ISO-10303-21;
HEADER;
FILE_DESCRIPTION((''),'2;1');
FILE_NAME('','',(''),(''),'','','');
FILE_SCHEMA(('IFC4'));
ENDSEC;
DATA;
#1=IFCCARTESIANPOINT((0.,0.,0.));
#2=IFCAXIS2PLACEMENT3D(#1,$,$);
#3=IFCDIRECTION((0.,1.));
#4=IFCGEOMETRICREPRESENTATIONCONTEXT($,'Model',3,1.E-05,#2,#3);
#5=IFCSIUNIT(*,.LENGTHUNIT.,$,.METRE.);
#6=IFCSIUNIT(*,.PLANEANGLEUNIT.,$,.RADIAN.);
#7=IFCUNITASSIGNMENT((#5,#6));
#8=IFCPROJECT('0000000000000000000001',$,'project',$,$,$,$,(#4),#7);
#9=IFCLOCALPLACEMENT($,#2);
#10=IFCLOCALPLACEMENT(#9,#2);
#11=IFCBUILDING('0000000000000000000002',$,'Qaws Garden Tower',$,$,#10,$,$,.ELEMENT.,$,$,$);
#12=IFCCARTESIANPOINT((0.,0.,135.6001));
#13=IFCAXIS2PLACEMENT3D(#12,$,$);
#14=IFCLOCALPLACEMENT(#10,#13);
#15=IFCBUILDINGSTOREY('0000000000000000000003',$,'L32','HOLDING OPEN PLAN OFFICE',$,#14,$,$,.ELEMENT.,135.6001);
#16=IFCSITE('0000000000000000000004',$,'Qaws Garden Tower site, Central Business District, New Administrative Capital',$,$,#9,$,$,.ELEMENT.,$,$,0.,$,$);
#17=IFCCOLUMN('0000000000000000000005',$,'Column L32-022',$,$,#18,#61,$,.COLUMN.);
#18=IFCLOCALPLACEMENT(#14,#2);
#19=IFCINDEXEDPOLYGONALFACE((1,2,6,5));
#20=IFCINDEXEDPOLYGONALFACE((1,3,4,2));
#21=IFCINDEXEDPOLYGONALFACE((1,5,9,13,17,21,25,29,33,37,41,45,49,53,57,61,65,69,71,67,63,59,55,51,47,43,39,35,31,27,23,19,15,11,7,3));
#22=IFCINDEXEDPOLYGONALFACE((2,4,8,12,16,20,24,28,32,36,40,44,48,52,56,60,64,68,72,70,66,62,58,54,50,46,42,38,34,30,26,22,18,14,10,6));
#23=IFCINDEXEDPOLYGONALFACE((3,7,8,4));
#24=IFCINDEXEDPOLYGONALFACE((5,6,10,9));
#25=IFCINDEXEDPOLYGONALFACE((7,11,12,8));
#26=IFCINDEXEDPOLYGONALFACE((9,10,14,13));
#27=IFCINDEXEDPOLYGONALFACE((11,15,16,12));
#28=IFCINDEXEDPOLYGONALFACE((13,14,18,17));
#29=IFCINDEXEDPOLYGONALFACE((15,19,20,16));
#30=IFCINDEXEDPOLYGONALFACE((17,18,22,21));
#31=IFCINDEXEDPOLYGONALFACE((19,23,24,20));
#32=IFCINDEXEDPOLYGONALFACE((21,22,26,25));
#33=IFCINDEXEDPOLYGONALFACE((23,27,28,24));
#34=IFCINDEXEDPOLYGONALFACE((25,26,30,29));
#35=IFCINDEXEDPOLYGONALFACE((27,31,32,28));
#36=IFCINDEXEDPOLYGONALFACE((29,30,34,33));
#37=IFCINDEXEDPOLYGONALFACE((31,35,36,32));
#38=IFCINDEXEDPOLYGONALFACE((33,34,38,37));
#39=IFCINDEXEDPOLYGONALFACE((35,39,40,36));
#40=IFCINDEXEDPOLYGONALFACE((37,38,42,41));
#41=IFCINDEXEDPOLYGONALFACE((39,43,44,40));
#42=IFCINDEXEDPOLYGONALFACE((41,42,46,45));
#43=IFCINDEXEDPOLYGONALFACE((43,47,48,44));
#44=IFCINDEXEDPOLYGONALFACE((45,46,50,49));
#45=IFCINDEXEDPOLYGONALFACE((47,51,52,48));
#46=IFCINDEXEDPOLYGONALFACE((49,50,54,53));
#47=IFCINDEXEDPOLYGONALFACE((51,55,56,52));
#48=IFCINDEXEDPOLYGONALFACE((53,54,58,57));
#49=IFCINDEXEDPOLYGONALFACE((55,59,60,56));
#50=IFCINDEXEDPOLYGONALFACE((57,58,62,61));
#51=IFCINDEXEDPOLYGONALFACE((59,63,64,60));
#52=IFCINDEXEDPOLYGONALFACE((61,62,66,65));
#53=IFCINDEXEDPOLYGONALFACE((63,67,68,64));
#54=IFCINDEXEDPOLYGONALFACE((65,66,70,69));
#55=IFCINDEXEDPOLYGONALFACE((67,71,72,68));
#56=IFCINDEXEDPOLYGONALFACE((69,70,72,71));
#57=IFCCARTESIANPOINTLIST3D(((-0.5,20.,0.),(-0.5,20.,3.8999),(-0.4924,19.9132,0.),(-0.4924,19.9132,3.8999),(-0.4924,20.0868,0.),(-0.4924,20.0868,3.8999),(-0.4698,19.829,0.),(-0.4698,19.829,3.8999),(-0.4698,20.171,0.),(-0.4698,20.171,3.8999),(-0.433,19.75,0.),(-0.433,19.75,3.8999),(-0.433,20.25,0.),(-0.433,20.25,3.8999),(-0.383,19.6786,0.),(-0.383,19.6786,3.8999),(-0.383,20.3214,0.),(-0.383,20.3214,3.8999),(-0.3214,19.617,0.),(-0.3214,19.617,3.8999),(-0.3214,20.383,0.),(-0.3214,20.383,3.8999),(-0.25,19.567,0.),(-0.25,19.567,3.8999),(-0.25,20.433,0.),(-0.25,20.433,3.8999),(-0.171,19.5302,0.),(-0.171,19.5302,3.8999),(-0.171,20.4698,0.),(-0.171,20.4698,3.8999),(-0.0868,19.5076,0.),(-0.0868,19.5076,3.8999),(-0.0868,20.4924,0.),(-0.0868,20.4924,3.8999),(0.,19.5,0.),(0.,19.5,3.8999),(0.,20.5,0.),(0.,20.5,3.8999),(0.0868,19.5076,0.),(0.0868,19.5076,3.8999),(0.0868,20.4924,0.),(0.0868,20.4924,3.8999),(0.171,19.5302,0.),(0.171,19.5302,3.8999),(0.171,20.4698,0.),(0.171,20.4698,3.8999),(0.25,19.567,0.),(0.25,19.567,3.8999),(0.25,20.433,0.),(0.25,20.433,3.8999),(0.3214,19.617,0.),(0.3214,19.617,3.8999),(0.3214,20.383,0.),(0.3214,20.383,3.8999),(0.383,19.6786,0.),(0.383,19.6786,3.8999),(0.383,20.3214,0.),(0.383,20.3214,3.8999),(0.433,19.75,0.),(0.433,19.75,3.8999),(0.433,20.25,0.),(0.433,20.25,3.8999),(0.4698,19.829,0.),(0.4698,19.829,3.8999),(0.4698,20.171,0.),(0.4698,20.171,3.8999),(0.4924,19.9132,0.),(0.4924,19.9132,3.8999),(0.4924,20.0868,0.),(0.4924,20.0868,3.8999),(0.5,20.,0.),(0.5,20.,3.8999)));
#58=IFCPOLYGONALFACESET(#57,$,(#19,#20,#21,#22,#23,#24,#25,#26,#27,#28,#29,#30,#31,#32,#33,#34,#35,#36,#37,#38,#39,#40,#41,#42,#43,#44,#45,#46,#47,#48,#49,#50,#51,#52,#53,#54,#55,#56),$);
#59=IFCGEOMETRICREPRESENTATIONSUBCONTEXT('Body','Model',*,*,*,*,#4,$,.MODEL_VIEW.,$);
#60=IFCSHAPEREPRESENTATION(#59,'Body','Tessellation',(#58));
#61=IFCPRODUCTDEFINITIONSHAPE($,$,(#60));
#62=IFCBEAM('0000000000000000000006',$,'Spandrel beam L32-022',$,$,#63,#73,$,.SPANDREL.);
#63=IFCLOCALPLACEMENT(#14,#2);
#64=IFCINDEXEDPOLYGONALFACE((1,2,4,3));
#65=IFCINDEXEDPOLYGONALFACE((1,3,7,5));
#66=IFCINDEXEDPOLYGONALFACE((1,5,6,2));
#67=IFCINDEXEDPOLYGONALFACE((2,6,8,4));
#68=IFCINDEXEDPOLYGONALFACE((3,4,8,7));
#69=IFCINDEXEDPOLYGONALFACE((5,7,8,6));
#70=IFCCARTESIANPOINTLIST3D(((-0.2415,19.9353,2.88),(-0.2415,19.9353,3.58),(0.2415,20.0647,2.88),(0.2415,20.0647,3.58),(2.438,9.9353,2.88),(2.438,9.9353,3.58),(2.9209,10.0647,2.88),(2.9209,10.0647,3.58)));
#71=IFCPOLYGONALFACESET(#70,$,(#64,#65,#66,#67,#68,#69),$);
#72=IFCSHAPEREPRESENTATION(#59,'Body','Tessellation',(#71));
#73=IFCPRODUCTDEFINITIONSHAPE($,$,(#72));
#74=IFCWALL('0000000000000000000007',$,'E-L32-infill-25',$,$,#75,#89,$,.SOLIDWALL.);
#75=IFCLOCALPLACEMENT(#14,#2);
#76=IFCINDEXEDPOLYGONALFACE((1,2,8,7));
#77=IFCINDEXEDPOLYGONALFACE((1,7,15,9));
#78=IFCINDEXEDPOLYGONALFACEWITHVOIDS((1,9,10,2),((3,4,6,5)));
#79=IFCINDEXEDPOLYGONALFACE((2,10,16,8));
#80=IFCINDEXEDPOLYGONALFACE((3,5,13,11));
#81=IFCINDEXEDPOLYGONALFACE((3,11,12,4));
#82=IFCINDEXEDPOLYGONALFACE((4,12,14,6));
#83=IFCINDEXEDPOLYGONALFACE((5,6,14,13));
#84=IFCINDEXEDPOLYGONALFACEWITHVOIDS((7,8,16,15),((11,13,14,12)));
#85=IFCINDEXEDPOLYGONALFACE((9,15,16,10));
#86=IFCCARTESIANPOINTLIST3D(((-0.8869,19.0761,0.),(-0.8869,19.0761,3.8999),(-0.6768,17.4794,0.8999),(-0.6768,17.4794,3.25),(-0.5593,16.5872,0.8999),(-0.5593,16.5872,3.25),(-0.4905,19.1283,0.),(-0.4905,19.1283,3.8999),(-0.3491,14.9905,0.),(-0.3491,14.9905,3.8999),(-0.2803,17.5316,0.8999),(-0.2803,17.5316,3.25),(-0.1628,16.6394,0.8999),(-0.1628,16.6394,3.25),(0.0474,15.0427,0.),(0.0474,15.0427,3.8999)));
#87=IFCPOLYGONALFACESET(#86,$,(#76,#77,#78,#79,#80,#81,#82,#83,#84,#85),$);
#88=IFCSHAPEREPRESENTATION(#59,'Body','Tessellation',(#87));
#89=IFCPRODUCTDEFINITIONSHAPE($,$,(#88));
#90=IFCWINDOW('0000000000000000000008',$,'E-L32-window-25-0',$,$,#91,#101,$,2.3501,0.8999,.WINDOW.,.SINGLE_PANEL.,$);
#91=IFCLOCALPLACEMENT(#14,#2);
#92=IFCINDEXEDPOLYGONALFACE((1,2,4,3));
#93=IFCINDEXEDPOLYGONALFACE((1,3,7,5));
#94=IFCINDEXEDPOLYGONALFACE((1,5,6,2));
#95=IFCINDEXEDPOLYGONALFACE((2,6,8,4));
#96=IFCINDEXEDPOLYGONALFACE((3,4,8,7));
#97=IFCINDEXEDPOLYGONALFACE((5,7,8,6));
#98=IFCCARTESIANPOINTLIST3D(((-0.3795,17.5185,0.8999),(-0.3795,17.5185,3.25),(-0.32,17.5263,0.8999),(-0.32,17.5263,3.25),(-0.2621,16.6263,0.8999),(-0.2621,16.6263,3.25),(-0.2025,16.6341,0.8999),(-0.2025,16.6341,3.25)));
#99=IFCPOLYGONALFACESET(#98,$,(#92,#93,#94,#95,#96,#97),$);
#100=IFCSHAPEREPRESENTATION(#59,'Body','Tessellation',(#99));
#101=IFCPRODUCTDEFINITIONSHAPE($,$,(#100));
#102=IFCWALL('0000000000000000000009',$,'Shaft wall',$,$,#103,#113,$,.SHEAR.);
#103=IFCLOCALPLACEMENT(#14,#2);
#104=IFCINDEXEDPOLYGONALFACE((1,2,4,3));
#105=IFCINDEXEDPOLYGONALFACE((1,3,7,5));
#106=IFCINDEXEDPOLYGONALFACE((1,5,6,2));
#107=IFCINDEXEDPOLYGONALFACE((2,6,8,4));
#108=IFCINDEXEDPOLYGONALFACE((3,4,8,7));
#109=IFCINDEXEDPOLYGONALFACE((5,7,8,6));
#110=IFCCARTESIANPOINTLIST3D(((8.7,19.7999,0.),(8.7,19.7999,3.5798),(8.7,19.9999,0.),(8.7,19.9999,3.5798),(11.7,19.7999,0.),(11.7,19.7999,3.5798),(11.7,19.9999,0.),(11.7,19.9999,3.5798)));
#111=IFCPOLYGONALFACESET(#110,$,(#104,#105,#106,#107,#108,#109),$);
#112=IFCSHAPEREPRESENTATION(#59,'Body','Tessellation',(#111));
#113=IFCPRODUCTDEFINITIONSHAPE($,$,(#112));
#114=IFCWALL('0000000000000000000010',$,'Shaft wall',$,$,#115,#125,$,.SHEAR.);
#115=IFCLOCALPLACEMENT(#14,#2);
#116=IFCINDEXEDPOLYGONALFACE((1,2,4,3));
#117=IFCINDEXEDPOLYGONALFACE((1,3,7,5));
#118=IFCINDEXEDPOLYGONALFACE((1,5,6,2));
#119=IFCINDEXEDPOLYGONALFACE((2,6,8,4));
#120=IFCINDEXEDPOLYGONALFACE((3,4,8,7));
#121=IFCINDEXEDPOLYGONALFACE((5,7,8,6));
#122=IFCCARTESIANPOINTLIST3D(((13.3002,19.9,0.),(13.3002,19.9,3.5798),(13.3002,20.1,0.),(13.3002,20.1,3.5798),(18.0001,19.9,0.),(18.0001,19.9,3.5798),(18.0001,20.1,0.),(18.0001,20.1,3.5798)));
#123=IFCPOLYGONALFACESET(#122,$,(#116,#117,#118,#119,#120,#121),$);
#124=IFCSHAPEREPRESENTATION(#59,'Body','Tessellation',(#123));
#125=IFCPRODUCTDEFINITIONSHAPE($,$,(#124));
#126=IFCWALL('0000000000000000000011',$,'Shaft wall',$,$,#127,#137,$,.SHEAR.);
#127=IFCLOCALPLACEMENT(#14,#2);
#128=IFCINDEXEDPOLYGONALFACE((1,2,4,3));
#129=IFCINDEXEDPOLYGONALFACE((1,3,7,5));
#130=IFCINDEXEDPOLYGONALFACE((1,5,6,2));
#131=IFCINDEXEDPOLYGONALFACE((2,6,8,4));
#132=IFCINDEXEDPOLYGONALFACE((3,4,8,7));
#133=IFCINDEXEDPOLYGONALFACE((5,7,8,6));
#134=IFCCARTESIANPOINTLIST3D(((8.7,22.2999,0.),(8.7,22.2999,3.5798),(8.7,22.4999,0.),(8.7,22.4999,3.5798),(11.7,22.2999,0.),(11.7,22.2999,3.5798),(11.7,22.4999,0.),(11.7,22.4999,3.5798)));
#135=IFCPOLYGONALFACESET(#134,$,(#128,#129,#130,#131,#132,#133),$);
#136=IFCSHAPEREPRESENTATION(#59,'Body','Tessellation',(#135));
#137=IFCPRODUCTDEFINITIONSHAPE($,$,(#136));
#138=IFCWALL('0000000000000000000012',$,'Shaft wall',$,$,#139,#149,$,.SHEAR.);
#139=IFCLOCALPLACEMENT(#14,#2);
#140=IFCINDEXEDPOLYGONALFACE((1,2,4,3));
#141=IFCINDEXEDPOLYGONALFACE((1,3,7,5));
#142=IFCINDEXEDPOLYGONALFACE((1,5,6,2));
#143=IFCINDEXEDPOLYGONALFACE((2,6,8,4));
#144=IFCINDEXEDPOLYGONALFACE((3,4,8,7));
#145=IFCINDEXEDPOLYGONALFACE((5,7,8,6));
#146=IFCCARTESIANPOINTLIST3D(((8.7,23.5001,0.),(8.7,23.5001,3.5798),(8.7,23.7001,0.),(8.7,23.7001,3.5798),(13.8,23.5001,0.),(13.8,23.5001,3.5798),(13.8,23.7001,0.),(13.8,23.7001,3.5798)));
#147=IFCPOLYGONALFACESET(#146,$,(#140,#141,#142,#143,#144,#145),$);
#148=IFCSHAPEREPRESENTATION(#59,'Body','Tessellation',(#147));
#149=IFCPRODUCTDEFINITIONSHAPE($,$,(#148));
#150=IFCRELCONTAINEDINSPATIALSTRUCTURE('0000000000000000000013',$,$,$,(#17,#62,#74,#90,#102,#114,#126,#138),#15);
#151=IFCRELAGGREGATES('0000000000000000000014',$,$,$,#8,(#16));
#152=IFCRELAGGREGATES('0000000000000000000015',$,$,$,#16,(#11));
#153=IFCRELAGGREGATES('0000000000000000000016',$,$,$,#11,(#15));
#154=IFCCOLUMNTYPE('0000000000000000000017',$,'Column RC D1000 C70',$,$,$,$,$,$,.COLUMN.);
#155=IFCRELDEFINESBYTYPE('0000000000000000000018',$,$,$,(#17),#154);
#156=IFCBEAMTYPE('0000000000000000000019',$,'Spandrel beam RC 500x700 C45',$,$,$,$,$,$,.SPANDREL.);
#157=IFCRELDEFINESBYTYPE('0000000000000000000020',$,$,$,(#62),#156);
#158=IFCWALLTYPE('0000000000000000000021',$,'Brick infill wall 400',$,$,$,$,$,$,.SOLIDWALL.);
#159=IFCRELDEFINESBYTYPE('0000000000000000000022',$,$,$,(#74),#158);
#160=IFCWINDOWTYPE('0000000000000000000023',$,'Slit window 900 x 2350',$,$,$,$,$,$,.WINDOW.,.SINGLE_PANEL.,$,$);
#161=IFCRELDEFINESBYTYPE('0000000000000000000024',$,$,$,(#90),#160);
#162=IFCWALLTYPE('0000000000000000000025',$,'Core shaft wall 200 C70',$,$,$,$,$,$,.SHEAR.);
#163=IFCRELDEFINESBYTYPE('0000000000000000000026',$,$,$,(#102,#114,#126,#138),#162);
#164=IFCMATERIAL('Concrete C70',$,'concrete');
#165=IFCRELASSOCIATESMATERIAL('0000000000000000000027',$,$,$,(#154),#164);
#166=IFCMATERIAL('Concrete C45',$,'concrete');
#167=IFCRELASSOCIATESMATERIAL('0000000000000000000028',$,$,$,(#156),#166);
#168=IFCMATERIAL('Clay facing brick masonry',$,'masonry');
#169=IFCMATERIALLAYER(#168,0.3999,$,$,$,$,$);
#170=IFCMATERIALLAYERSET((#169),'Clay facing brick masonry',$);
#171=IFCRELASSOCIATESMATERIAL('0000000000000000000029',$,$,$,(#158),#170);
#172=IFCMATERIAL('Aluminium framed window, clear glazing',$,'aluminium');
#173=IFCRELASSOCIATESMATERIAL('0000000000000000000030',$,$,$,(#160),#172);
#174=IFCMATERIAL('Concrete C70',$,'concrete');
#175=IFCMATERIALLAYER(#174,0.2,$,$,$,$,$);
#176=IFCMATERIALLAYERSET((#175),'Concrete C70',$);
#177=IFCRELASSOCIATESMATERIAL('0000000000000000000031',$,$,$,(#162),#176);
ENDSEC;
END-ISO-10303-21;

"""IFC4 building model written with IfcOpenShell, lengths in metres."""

from ifc_helpers import new_model, si_unit, direction, frame, frame_2d, origin, origin_2d, place, context, subcontext, project, spatial, rectangle, circle, extrude, material, layer, layer_set, material_profile, profile_set, type_object, element, fill, save


model = new_model("IFC4")

# Units and contexts
model_context = context("Model", 3, precision=1e-05, world=origin(), true_north=direction((0.0, 1.0)))
body_context = subcontext(model_context, "Body", "Model", "MODEL_VIEW")
ifc_project = project(units=[si_unit("LENGTHUNIT", "METRE"), si_unit("PLANEANGLEUNIT", "RADIAN")], contexts=[model_context])

# Site, building, storey
site_placement = place(None, origin())
site = spatial("IfcSite", under=ifc_project, at=site_placement, Name="Qaws Garden Tower site, Central Business District, New Administrative Capital", CompositionType="ELEMENT", RefElevation=0.0)
building_placement = place(site_placement, origin())
building = spatial("IfcBuilding", under=site, at=building_placement, Name="Qaws Garden Tower", CompositionType="ELEMENT")
storey_placement = place(building_placement, frame((0.0, 0.0, 135.6001)))
storey = spatial("IfcBuildingStorey", under=building, at=storey_placement, Name="L32", Description="HOLDING OPEN PLAN OFFICE", CompositionType="ELEMENT", Elevation=135.6001)

# Column
ifc_material_1 = material(Name="Concrete C70", Category="concrete")
ifc_material_profile_1 = material_profile(ifc_material_1, circle(Radius=0.5, at=origin_2d()), Name="RC D1000")
ifc_profile_set_1 = profile_set([ifc_material_profile_1], Name="Concrete C70")
column_type = type_object("IfcColumnType", Name="Column RC D1000 C70", PredefinedType="COLUMN", material=ifc_profile_set_1)
column_placement = place(storey_placement, frame((0.0, 20.0, 0.0), z_axis=(0.0, 0.0, 1.0), x_axis=(1.0, 0.0, 0.0)))
element("IfcColumn", 1, at=column_placement, inside=storey, type_object=column_type, Name="Column L32-022", PredefinedType="COLUMN", context=body_context, shape_type="SweptSolid", body=[
    extrude(circle(Radius=0.5, at=origin_2d()), origin(), (0.0, 0.0, 1.0), 3.8999),
])

# Beam
ifc_material_2 = material(Name="Concrete C45", Category="concrete")
ifc_material_profile_2 = material_profile(ifc_material_2, rectangle(XDim=0.5, YDim=0.7, at=origin_2d()), Name="RC 500x700")
ifc_profile_set_2 = profile_set([ifc_material_profile_2], Name="Concrete C45")
beam_type = type_object("IfcBeamType", Name="Spandrel beam RC 500x700 C45", PredefinedType="SPANDREL", material=ifc_profile_set_2)
beam_placement = place(storey_placement, frame((0.0, 20.0, 3.23), z_axis=(0.258815, -0.965927, 0.0), x_axis=(0.965927, 0.258815, 0.0)))
element("IfcBeam", 2, at=beam_placement, inside=storey, type_object=beam_type, Name="Spandrel beam L32-022", PredefinedType="SPANDREL", context=body_context, shape_type="SweptSolid", body=[
    extrude(rectangle(XDim=0.5, YDim=0.7, at=origin_2d()), origin(), (0.0, 0.0, 1.0), 10.3528),
])

# Wall, opening, window
ifc_material_3 = material(Name="Clay facing brick masonry", Category="masonry")
ifc_layer_1 = layer(ifc_material_3, 0.3999)
ifc_layer_set_1 = layer_set([ifc_layer_1], Name="Clay facing brick masonry")
wall_type_1 = type_object("IfcWallType", Name="Brick infill wall 400", PredefinedType="SOLIDWALL", material=ifc_layer_set_1)
wall_1_placement = place(storey_placement, frame((-0.6887, 19.1023, 0.0), z_axis=(0.0, 0.0, 1.0), x_axis=(0.130514, -0.991446, 0.0)))
wall_1 = element("IfcWall", 3, at=wall_1_placement, inside=storey, type_object=wall_type_1, Name="E-L32-infill-25", PredefinedType="SOLIDWALL", context=body_context, shape_type="SweptSolid", body=[
    extrude(rectangle(XDim=4.1208, YDim=0.3999, at=frame_2d((2.0605, 0.0))), origin(), (0.0, 0.0, 1.0), 3.8999),
])
opening_1_placement = place(wall_1_placement, frame((1.6106, 0.0, 0.8999)))
opening_1 = element("IfcOpeningElement", 4, at=opening_1_placement, cuts=wall_1, PredefinedType="OPENING", context=body_context, shape_type="SweptSolid", body=[
    extrude(rectangle(XDim=0.8999, YDim=2.3501, at=frame_2d((0.45, 1.175))), frame((0.0, 0.21, 0.0), z_axis=(0.0, -1.0, 0.0), x_axis=(1.0, 0.0, 0.0)), (0.0, 0.0, 1.0), 0.4199),
])
ifc_material_4 = material(Name="Aluminium framed window, clear glazing", Category="aluminium")
window_type = type_object("IfcWindowType", Name="Slit window 900 x 2350", PartitioningType="SINGLE_PANEL", PredefinedType="WINDOW", material=ifc_material_4)
window_placement = place(opening_1_placement, origin())
window = element("IfcWindow", 5, at=window_placement, inside=storey, type_object=window_type, Name="E-L32-window-25-0", OverallHeight=2.3501, OverallWidth=0.8999, PartitioningType="SINGLE_PANEL", PredefinedType="WINDOW", context=body_context, shape_type="SweptSolid", body=[
    extrude(rectangle(XDim=0.8999, YDim=2.3501, at=frame_2d((0.45, 1.175))), frame((0.0, 0.1599, 0.0), z_axis=(0.0, -1.0, 0.0), x_axis=(1.0, 0.0, 0.0)), (0.0, 0.0, 1.0), 0.0601),
])
fill(opening_1, window)

# Walls
ifc_material_5 = material(Name="Concrete C70", Category="concrete")
ifc_layer_2 = layer(ifc_material_5, 0.2)
ifc_layer_set_2 = layer_set([ifc_layer_2], Name="Concrete C70")
wall_type_2 = type_object("IfcWallType", Name="Core shaft wall 200 C70", PredefinedType="SHEAR", material=ifc_layer_set_2)
wall_2_placement = place(storey_placement, frame((8.7, 19.8999, 0.0), z_axis=(0.0, 0.0, 1.0), x_axis=(1.0, 0.0, 0.0)))
element("IfcWall", 6, at=wall_2_placement, inside=storey, type_object=wall_type_2, Name="Shaft wall", PredefinedType="SHEAR", context=body_context, shape_type="SweptSolid", body=[
    extrude(rectangle(XDim=3.0, YDim=0.2, at=frame_2d((1.5, 0.0))), origin(), (0.0, 0.0, 1.0), 3.5798),
])
wall_3_placement = place(storey_placement, frame((13.3, 20.0, 0.0), z_axis=(0.0, 0.0, 1.0), x_axis=(1.0, 0.0, 0.0)))
element("IfcWall", 7, at=wall_3_placement, inside=storey, type_object=wall_type_2, Name="Shaft wall", PredefinedType="SHEAR", context=body_context, shape_type="SweptSolid", body=[
    extrude(rectangle(XDim=4.7, YDim=0.2, at=frame_2d((2.3501, 0.0))), origin(), (0.0, 0.0, 1.0), 3.5798),
])
wall_4_placement = place(storey_placement, frame((8.7, 22.3999, 0.0), z_axis=(0.0, 0.0, 1.0), x_axis=(1.0, 0.0, 0.0)))
element("IfcWall", 8, at=wall_4_placement, inside=storey, type_object=wall_type_2, Name="Shaft wall", PredefinedType="SHEAR", context=body_context, shape_type="SweptSolid", body=[
    extrude(rectangle(XDim=3.0, YDim=0.2, at=frame_2d((1.5, 0.0))), origin(), (0.0, 0.0, 1.0), 3.5798),
])
wall_5_placement = place(storey_placement, frame((8.7, 23.6001, 0.0), z_axis=(0.0, 0.0, 1.0), x_axis=(1.0, 0.0, 0.0)))
element("IfcWall", 9, at=wall_5_placement, inside=storey, type_object=wall_type_2, Name="Shaft wall", PredefinedType="SHEAR", context=body_context, shape_type="SweptSolid", body=[
    extrude(rectangle(XDim=5.1001, YDim=0.2, at=frame_2d((2.55, 0.0))), origin(), (0.0, 0.0, 1.0), 3.5798),
])

save(model, "model.ifc")
